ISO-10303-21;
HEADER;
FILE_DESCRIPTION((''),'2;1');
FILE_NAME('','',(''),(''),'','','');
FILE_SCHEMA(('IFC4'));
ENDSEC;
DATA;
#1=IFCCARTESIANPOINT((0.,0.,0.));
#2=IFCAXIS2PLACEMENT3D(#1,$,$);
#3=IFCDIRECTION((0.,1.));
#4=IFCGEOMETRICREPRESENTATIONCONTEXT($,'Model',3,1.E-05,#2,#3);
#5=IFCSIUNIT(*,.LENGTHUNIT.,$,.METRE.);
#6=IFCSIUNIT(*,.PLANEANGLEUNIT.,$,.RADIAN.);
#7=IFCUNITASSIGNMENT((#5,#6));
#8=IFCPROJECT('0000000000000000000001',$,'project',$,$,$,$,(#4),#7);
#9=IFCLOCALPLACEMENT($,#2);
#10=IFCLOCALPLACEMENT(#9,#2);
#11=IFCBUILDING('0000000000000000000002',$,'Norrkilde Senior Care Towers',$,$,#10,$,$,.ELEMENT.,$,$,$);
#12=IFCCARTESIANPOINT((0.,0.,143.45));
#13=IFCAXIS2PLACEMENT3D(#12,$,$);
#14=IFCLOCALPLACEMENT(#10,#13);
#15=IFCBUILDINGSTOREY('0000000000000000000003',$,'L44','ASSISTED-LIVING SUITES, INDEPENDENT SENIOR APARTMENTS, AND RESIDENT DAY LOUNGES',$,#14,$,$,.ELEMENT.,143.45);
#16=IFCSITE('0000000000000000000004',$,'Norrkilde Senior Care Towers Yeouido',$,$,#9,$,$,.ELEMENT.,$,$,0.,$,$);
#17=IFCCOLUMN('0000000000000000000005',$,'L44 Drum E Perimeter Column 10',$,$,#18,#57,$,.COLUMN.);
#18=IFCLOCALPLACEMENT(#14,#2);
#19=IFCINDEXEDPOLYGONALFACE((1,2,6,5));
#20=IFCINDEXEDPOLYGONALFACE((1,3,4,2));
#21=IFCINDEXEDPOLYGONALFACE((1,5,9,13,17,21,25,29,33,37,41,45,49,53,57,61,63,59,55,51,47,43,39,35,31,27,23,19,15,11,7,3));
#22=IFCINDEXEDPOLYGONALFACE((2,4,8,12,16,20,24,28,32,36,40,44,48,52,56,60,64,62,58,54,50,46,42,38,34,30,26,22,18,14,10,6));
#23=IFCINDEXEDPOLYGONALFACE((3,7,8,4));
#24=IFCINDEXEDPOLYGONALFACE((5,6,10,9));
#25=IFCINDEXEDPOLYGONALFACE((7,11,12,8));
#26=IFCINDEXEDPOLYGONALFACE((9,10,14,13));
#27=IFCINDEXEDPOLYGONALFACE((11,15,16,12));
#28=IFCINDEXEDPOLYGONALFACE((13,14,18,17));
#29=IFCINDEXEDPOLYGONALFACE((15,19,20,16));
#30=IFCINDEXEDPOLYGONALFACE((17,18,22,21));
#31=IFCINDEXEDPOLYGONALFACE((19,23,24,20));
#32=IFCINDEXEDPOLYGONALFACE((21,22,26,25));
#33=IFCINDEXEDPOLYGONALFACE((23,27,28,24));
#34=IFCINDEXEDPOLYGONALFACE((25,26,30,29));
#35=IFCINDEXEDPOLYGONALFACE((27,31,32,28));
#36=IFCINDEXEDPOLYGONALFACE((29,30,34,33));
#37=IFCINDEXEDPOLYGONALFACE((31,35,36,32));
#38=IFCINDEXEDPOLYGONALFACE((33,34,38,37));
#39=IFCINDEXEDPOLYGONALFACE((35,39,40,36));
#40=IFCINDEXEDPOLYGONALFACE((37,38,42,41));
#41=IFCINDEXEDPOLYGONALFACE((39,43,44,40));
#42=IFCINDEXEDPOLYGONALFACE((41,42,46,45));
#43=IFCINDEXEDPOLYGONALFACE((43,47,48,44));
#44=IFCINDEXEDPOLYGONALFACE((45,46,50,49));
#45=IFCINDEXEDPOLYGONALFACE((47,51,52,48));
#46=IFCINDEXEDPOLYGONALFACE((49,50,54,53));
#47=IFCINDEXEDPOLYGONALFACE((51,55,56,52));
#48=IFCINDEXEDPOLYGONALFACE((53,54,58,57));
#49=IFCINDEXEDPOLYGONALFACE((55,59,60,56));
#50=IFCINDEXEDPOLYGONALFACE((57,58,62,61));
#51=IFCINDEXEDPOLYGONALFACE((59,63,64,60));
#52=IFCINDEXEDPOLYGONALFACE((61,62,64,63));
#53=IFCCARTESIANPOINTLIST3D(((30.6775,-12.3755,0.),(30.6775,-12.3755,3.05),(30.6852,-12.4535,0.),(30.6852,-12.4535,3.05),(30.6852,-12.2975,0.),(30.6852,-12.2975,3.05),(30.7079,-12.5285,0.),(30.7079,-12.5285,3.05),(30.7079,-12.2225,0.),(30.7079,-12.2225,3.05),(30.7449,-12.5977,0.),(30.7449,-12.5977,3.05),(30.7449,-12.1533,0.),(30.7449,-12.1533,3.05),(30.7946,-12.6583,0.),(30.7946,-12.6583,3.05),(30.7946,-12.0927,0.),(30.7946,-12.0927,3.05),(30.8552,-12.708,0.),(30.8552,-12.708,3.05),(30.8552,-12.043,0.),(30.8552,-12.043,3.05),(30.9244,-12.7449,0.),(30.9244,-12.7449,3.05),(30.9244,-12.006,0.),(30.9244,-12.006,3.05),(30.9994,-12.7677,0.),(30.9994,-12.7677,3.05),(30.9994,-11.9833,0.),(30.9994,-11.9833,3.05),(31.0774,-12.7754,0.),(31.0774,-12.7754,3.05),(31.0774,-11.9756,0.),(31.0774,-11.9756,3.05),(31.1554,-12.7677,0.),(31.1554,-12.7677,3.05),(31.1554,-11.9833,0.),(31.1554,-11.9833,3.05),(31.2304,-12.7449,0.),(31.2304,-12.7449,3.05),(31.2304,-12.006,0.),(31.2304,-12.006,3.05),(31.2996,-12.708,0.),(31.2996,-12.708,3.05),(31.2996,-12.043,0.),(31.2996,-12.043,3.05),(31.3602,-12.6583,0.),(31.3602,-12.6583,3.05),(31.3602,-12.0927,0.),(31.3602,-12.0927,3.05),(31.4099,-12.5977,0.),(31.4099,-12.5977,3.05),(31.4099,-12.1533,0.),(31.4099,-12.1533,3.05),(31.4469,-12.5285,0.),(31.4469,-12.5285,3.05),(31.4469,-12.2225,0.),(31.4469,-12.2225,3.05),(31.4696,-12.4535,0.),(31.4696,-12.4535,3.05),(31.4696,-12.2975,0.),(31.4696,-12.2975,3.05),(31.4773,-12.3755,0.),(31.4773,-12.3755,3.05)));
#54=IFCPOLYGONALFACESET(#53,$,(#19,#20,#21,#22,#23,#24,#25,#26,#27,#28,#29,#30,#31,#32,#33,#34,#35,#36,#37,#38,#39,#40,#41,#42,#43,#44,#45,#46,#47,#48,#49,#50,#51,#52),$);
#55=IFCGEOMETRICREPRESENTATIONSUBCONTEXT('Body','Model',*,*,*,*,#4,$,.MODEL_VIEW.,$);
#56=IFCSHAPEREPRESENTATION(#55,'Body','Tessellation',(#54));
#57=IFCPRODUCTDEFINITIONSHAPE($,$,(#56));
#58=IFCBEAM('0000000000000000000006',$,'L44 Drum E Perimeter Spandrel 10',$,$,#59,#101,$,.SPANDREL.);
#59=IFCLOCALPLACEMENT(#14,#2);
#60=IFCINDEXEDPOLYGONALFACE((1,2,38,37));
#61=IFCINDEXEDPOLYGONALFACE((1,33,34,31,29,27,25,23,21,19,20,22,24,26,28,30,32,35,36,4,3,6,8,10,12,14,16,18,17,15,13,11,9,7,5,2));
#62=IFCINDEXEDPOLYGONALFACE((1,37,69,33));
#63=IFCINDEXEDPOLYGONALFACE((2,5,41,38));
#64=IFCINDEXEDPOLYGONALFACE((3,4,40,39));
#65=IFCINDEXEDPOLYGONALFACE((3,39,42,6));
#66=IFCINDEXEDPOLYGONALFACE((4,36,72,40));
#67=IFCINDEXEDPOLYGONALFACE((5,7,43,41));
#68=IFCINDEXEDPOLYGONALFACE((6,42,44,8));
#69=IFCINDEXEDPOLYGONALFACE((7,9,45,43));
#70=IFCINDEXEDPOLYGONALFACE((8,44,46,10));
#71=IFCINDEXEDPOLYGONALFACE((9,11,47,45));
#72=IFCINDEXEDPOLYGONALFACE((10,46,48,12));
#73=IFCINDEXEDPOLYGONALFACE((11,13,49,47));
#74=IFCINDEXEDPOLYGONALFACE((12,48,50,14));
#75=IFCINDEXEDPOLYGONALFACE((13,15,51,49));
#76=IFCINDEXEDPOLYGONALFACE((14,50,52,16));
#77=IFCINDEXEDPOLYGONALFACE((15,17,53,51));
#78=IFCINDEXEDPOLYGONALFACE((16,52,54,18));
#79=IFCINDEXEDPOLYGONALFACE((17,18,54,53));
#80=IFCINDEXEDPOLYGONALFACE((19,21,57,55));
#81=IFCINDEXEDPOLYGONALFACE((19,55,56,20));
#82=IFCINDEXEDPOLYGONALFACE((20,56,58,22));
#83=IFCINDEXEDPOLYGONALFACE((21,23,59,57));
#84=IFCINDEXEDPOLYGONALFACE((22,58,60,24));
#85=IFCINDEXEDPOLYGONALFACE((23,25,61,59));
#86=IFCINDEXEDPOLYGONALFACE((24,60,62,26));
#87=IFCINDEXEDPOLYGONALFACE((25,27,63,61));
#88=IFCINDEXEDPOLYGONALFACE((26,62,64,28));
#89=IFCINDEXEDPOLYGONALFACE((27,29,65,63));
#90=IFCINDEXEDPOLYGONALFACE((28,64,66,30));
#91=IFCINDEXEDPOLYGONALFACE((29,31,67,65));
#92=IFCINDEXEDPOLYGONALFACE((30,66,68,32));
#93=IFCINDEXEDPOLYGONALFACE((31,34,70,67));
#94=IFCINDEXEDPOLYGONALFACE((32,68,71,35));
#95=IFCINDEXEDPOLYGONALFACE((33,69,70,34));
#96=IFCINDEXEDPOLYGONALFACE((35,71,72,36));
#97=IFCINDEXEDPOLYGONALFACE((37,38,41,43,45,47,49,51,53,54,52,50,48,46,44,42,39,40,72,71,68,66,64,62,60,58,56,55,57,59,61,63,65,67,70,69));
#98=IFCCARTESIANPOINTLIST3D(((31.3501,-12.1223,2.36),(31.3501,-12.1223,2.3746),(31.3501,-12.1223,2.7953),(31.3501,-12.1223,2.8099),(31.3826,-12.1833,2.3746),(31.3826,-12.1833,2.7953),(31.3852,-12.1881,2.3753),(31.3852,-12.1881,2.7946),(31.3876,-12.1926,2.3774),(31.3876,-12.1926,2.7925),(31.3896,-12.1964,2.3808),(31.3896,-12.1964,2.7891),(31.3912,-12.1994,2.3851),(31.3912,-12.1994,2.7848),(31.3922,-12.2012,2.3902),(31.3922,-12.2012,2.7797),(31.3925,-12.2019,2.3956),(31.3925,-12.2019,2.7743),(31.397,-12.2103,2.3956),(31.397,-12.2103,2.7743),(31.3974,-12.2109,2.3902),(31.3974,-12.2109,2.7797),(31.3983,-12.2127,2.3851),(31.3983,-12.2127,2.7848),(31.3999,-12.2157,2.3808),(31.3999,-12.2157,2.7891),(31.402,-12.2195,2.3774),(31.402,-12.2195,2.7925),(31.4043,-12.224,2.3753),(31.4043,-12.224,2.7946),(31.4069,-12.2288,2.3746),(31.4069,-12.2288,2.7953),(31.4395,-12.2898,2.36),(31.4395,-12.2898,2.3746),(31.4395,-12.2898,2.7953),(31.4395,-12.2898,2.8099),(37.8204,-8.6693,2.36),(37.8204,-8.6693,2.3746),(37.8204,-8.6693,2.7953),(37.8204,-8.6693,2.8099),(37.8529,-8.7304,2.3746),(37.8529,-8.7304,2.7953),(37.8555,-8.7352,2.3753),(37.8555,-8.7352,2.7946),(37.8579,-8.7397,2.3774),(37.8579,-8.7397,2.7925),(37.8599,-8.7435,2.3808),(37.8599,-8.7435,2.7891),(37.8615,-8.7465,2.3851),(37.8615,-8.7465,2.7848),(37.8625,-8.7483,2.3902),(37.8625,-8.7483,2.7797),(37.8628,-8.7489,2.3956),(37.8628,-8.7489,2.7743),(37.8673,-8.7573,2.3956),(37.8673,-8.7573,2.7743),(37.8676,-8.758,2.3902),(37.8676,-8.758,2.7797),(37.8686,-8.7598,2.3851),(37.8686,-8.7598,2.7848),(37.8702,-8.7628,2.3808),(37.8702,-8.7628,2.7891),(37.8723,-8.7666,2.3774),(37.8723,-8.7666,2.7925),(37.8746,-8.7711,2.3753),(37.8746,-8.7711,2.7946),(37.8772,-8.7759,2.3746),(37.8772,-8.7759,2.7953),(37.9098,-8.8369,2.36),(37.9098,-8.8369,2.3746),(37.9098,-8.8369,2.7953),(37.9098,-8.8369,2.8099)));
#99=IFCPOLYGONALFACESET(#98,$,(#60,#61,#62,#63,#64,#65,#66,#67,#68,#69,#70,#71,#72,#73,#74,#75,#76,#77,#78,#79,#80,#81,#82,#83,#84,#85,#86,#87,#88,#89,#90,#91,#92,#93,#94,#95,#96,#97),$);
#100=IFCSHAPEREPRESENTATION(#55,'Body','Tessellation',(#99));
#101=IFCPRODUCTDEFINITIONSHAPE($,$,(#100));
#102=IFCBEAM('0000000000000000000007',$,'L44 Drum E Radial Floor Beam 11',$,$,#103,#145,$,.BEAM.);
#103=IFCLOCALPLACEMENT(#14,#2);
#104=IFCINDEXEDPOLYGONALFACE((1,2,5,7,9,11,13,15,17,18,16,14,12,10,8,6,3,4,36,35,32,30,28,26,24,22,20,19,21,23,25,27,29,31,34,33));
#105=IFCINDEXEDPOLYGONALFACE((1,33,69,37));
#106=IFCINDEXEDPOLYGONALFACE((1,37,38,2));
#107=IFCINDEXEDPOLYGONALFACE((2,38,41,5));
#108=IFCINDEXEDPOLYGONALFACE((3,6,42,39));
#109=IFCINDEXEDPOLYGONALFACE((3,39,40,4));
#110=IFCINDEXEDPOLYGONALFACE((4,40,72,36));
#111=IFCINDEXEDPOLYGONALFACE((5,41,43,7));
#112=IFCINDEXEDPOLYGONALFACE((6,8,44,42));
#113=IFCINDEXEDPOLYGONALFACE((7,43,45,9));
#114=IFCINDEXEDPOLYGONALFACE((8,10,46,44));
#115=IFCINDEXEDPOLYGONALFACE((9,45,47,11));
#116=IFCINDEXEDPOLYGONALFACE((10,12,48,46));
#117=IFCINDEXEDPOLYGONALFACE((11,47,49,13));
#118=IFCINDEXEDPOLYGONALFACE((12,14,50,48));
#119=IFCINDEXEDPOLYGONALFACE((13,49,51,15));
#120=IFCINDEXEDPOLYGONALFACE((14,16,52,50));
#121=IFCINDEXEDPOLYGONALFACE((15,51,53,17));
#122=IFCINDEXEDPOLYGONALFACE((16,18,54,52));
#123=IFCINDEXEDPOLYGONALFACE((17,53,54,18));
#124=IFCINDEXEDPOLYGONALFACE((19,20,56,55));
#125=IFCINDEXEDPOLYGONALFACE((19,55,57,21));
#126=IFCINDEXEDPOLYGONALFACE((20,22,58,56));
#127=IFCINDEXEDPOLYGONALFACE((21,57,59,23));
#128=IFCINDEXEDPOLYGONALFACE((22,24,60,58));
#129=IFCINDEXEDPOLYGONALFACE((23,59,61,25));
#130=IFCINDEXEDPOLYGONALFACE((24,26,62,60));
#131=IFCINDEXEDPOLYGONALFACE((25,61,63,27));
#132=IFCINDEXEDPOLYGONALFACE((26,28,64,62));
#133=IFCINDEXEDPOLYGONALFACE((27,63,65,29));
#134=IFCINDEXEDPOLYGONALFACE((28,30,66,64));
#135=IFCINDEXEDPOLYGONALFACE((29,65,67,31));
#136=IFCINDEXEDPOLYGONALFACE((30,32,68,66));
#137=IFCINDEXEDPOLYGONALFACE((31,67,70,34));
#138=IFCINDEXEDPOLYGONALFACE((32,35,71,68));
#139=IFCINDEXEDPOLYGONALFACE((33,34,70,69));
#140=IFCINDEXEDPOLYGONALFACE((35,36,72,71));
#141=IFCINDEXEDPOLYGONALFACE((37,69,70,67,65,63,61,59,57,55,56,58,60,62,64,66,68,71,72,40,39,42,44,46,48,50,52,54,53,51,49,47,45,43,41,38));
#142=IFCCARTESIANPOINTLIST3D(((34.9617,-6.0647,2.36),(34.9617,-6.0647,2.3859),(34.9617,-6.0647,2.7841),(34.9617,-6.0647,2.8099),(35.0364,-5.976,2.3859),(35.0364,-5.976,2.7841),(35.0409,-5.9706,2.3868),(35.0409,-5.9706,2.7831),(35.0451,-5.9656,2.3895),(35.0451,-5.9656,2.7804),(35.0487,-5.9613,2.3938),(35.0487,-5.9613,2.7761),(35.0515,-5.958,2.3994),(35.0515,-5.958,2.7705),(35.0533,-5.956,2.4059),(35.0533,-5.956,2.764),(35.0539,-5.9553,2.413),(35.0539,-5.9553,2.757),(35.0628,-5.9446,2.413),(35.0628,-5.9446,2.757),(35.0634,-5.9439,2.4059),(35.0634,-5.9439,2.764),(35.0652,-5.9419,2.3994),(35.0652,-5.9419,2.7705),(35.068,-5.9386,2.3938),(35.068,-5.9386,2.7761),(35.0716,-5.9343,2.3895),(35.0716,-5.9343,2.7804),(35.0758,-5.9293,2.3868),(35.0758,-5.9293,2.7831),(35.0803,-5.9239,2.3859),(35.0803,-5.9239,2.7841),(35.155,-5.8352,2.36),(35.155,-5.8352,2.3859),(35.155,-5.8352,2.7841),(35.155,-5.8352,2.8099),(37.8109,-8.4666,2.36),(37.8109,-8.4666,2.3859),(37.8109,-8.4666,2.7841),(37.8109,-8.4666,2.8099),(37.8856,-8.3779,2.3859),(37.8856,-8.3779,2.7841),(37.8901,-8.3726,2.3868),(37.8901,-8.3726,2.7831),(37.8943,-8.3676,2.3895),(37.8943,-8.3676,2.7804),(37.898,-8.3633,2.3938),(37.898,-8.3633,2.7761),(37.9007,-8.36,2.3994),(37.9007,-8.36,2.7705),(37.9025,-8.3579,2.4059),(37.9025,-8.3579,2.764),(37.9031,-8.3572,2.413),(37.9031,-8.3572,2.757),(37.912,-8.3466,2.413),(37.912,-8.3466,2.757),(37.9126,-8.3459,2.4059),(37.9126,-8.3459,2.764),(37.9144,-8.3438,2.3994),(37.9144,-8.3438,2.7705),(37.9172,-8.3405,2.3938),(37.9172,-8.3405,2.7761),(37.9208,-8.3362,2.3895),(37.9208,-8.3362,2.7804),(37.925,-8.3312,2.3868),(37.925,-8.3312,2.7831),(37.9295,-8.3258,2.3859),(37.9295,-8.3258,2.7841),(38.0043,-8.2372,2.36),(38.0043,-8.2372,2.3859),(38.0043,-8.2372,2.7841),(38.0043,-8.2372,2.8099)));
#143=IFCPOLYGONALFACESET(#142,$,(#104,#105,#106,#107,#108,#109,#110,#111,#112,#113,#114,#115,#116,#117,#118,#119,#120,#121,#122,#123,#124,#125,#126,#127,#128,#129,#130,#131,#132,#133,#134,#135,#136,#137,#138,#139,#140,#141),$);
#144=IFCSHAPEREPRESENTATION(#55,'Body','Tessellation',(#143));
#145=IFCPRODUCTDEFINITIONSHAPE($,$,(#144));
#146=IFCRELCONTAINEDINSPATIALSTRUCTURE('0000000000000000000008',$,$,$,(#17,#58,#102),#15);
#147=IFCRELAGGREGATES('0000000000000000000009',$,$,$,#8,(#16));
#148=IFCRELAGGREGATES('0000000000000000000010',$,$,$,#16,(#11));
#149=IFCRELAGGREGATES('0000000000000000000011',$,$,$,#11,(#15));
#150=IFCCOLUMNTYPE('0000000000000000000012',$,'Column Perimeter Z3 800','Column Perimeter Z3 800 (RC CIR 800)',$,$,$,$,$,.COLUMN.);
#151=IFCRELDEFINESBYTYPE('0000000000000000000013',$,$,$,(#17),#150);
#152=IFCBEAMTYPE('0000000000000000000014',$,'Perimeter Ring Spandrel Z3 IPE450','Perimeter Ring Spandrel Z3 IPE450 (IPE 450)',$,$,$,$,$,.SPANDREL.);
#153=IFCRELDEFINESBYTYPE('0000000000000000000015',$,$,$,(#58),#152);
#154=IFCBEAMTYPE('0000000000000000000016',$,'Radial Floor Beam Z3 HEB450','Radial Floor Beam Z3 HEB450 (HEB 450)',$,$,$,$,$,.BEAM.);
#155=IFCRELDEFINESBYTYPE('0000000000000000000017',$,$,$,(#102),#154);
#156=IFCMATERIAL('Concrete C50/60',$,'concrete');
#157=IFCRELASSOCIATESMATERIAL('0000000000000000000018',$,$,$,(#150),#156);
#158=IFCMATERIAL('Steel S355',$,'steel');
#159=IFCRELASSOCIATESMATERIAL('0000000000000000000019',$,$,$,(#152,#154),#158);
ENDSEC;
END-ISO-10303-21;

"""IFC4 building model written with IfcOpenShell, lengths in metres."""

from ifc_helpers import new_model, si_unit, direction, frame, origin, origin_2d, place, context, subcontext, project, spatial, circle, i_section, extrude, source, transform, mapped, material, material_profile, profile_set, type_object, type_shapes, element, save


model = new_model("IFC4")

# Units and contexts
model_context = context("Model", 3, precision=1e-05, world=origin(), true_north=direction((0.0, 1.0)))
body_context = subcontext(model_context, "Body", "Model", "MODEL_VIEW")
ifc_project = project(units=[si_unit("LENGTHUNIT", "METRE"), si_unit("PLANEANGLEUNIT", "RADIAN")], contexts=[model_context])

# Site, building, storey
site_placement = place(None, origin())
site = spatial("IfcSite", under=ifc_project, at=site_placement, Name="Norrkilde Senior Care Towers Yeouido", CompositionType="ELEMENT", RefElevation=0.0)
building_placement = place(site_placement, origin())
building = spatial("IfcBuilding", under=site, at=building_placement, Name="Norrkilde Senior Care Towers", CompositionType="ELEMENT")
storey_placement = place(building_placement, frame((0.0, 0.0, 143.45)))
storey = spatial("IfcBuildingStorey", under=building, at=storey_placement, Name="L44", Description="ASSISTED-LIVING SUITES, INDEPENDENT SENIOR APARTMENTS, AND RESIDENT DAY LOUNGES", CompositionType="ELEMENT", Elevation=143.45)

# Column
ifc_material_1 = material(Name="Concrete C50/60", Category="concrete")
ifc_material_profile_1 = material_profile(ifc_material_1, circle(Radius=0.3999, at=origin_2d()), Name="RC CIR 800")
ifc_profile_set_1 = profile_set([ifc_material_profile_1], Name="Concrete C50/60")
column_type = type_object("IfcColumnType", Name="Column Perimeter Z3 800", Description="Column Perimeter Z3 800 (RC CIR 800)", PredefinedType="COLUMN", material=ifc_profile_set_1)
shared_shape_1 = source(origin(), body_context, "Body", "SweptSolid", [
    extrude(circle(Radius=0.3999, at=origin_2d()), origin(), (0.0, 0.0, 1.0), 3.05),
])
type_shapes(column_type, [shared_shape_1])
column_placement = place(storey_placement, frame((31.0774, -12.3755, 0.0), z_axis=(0.0, 0.0, 1.0), x_axis=(1.0, 0.0, 0.0)))
element("IfcColumn", 1, at=column_placement, inside=storey, type_object=column_type, Name="L44 Drum E Perimeter Column 10", PredefinedType="COLUMN", context=body_context, shape_type="MappedRepresentation", body=[
    mapped(shared_shape_1, transform((0.0, 0.0, 0.0), x_axis=(1.0, 0.0, 0.0), y_axis=(0.0, 1.0, 0.0), z_axis=(0.0, 0.0, 1.0), scale=1.0)),
])

# Beams
ifc_material_2 = material(Name="Steel S355", Category="steel")
ifc_material_profile_2 = material_profile(ifc_material_2, i_section(OverallWidth=0.1899, OverallDepth=0.45, WebThickness=0.0095, FlangeThickness=0.0146, FilletRadius=0.021, at=origin_2d()), Name="IPE 450")
ifc_profile_set_2 = profile_set([ifc_material_profile_2], Name="Steel S355")
beam_type_1 = type_object("IfcBeamType", Name="Perimeter Ring Spandrel Z3 IPE450", Description="Perimeter Ring Spandrel Z3 IPE450 (IPE 450)", PredefinedType="SPANDREL", material=ifc_profile_set_2)
shared_shape_2 = source(origin(), body_context, "Body", "SweptSolid", [
    extrude(i_section(OverallWidth=0.1899, OverallDepth=0.45, WebThickness=0.0095, FlangeThickness=0.0146, FilletRadius=0.021, at=origin_2d()), origin(), (0.0, 0.0, 1.0), 7.334),
])
type_shapes(beam_type_1, [shared_shape_2])
beam_1_placement = place(storey_placement, frame((31.3948, -12.2061, 2.585), z_axis=(0.882234, 0.470811, 0.0), x_axis=(-0.470811, 0.882234, 0.0)))
element("IfcBeam", 2, at=beam_1_placement, inside=storey, type_object=beam_type_1, Name="L44 Drum E Perimeter Spandrel 10", PredefinedType="SPANDREL", context=body_context, shape_type="MappedRepresentation", body=[
    mapped(shared_shape_2, transform((0.0, 0.0, 0.0), x_axis=(1.0, 0.0, 0.0), y_axis=(0.0, 1.0, 0.0), z_axis=(0.0, 0.0, 1.0), scale=1.0)),
])
ifc_material_profile_3 = material_profile(ifc_material_2, i_section(OverallWidth=0.3, OverallDepth=0.45, WebThickness=0.0139, FlangeThickness=0.0259, FilletRadius=0.0271, at=origin_2d()), Name="HEB 450")
ifc_profile_set_3 = profile_set([ifc_material_profile_3], Name="Steel S355")
beam_type_2 = type_object("IfcBeamType", Name="Radial Floor Beam Z3 HEB450", Description="Radial Floor Beam Z3 HEB450 (HEB 450)", PredefinedType="BEAM", material=ifc_profile_set_3)
shared_shape_3 = source(origin(), body_context, "Body", "SweptSolid", [
    extrude(i_section(OverallWidth=0.3, OverallDepth=0.45, WebThickness=0.0139, FlangeThickness=0.0259, FilletRadius=0.0271, at=origin_2d()), origin(), (0.0, 0.0, 1.0), 3.7266),
])
beam_2_placement = place(storey_placement, frame((35.0583, -5.95, 2.585), z_axis=(0.764568, -0.644543, 0.0), x_axis=(0.644543, 0.764568, 0.0)))
element("IfcBeam", 3, at=beam_2_placement, inside=storey, type_object=beam_type_2, Name="L44 Drum E Radial Floor Beam 11", PredefinedType="BEAM", context=body_context, shape_type="MappedRepresentation", body=[
    mapped(shared_shape_3, transform((0.0, 0.0, 0.0), x_axis=(1.0, 0.0, 0.0), y_axis=(0.0, 1.0, 0.0), z_axis=(0.0, 0.0, 1.0), scale=1.0)),
])

save(model, "model.ifc")
